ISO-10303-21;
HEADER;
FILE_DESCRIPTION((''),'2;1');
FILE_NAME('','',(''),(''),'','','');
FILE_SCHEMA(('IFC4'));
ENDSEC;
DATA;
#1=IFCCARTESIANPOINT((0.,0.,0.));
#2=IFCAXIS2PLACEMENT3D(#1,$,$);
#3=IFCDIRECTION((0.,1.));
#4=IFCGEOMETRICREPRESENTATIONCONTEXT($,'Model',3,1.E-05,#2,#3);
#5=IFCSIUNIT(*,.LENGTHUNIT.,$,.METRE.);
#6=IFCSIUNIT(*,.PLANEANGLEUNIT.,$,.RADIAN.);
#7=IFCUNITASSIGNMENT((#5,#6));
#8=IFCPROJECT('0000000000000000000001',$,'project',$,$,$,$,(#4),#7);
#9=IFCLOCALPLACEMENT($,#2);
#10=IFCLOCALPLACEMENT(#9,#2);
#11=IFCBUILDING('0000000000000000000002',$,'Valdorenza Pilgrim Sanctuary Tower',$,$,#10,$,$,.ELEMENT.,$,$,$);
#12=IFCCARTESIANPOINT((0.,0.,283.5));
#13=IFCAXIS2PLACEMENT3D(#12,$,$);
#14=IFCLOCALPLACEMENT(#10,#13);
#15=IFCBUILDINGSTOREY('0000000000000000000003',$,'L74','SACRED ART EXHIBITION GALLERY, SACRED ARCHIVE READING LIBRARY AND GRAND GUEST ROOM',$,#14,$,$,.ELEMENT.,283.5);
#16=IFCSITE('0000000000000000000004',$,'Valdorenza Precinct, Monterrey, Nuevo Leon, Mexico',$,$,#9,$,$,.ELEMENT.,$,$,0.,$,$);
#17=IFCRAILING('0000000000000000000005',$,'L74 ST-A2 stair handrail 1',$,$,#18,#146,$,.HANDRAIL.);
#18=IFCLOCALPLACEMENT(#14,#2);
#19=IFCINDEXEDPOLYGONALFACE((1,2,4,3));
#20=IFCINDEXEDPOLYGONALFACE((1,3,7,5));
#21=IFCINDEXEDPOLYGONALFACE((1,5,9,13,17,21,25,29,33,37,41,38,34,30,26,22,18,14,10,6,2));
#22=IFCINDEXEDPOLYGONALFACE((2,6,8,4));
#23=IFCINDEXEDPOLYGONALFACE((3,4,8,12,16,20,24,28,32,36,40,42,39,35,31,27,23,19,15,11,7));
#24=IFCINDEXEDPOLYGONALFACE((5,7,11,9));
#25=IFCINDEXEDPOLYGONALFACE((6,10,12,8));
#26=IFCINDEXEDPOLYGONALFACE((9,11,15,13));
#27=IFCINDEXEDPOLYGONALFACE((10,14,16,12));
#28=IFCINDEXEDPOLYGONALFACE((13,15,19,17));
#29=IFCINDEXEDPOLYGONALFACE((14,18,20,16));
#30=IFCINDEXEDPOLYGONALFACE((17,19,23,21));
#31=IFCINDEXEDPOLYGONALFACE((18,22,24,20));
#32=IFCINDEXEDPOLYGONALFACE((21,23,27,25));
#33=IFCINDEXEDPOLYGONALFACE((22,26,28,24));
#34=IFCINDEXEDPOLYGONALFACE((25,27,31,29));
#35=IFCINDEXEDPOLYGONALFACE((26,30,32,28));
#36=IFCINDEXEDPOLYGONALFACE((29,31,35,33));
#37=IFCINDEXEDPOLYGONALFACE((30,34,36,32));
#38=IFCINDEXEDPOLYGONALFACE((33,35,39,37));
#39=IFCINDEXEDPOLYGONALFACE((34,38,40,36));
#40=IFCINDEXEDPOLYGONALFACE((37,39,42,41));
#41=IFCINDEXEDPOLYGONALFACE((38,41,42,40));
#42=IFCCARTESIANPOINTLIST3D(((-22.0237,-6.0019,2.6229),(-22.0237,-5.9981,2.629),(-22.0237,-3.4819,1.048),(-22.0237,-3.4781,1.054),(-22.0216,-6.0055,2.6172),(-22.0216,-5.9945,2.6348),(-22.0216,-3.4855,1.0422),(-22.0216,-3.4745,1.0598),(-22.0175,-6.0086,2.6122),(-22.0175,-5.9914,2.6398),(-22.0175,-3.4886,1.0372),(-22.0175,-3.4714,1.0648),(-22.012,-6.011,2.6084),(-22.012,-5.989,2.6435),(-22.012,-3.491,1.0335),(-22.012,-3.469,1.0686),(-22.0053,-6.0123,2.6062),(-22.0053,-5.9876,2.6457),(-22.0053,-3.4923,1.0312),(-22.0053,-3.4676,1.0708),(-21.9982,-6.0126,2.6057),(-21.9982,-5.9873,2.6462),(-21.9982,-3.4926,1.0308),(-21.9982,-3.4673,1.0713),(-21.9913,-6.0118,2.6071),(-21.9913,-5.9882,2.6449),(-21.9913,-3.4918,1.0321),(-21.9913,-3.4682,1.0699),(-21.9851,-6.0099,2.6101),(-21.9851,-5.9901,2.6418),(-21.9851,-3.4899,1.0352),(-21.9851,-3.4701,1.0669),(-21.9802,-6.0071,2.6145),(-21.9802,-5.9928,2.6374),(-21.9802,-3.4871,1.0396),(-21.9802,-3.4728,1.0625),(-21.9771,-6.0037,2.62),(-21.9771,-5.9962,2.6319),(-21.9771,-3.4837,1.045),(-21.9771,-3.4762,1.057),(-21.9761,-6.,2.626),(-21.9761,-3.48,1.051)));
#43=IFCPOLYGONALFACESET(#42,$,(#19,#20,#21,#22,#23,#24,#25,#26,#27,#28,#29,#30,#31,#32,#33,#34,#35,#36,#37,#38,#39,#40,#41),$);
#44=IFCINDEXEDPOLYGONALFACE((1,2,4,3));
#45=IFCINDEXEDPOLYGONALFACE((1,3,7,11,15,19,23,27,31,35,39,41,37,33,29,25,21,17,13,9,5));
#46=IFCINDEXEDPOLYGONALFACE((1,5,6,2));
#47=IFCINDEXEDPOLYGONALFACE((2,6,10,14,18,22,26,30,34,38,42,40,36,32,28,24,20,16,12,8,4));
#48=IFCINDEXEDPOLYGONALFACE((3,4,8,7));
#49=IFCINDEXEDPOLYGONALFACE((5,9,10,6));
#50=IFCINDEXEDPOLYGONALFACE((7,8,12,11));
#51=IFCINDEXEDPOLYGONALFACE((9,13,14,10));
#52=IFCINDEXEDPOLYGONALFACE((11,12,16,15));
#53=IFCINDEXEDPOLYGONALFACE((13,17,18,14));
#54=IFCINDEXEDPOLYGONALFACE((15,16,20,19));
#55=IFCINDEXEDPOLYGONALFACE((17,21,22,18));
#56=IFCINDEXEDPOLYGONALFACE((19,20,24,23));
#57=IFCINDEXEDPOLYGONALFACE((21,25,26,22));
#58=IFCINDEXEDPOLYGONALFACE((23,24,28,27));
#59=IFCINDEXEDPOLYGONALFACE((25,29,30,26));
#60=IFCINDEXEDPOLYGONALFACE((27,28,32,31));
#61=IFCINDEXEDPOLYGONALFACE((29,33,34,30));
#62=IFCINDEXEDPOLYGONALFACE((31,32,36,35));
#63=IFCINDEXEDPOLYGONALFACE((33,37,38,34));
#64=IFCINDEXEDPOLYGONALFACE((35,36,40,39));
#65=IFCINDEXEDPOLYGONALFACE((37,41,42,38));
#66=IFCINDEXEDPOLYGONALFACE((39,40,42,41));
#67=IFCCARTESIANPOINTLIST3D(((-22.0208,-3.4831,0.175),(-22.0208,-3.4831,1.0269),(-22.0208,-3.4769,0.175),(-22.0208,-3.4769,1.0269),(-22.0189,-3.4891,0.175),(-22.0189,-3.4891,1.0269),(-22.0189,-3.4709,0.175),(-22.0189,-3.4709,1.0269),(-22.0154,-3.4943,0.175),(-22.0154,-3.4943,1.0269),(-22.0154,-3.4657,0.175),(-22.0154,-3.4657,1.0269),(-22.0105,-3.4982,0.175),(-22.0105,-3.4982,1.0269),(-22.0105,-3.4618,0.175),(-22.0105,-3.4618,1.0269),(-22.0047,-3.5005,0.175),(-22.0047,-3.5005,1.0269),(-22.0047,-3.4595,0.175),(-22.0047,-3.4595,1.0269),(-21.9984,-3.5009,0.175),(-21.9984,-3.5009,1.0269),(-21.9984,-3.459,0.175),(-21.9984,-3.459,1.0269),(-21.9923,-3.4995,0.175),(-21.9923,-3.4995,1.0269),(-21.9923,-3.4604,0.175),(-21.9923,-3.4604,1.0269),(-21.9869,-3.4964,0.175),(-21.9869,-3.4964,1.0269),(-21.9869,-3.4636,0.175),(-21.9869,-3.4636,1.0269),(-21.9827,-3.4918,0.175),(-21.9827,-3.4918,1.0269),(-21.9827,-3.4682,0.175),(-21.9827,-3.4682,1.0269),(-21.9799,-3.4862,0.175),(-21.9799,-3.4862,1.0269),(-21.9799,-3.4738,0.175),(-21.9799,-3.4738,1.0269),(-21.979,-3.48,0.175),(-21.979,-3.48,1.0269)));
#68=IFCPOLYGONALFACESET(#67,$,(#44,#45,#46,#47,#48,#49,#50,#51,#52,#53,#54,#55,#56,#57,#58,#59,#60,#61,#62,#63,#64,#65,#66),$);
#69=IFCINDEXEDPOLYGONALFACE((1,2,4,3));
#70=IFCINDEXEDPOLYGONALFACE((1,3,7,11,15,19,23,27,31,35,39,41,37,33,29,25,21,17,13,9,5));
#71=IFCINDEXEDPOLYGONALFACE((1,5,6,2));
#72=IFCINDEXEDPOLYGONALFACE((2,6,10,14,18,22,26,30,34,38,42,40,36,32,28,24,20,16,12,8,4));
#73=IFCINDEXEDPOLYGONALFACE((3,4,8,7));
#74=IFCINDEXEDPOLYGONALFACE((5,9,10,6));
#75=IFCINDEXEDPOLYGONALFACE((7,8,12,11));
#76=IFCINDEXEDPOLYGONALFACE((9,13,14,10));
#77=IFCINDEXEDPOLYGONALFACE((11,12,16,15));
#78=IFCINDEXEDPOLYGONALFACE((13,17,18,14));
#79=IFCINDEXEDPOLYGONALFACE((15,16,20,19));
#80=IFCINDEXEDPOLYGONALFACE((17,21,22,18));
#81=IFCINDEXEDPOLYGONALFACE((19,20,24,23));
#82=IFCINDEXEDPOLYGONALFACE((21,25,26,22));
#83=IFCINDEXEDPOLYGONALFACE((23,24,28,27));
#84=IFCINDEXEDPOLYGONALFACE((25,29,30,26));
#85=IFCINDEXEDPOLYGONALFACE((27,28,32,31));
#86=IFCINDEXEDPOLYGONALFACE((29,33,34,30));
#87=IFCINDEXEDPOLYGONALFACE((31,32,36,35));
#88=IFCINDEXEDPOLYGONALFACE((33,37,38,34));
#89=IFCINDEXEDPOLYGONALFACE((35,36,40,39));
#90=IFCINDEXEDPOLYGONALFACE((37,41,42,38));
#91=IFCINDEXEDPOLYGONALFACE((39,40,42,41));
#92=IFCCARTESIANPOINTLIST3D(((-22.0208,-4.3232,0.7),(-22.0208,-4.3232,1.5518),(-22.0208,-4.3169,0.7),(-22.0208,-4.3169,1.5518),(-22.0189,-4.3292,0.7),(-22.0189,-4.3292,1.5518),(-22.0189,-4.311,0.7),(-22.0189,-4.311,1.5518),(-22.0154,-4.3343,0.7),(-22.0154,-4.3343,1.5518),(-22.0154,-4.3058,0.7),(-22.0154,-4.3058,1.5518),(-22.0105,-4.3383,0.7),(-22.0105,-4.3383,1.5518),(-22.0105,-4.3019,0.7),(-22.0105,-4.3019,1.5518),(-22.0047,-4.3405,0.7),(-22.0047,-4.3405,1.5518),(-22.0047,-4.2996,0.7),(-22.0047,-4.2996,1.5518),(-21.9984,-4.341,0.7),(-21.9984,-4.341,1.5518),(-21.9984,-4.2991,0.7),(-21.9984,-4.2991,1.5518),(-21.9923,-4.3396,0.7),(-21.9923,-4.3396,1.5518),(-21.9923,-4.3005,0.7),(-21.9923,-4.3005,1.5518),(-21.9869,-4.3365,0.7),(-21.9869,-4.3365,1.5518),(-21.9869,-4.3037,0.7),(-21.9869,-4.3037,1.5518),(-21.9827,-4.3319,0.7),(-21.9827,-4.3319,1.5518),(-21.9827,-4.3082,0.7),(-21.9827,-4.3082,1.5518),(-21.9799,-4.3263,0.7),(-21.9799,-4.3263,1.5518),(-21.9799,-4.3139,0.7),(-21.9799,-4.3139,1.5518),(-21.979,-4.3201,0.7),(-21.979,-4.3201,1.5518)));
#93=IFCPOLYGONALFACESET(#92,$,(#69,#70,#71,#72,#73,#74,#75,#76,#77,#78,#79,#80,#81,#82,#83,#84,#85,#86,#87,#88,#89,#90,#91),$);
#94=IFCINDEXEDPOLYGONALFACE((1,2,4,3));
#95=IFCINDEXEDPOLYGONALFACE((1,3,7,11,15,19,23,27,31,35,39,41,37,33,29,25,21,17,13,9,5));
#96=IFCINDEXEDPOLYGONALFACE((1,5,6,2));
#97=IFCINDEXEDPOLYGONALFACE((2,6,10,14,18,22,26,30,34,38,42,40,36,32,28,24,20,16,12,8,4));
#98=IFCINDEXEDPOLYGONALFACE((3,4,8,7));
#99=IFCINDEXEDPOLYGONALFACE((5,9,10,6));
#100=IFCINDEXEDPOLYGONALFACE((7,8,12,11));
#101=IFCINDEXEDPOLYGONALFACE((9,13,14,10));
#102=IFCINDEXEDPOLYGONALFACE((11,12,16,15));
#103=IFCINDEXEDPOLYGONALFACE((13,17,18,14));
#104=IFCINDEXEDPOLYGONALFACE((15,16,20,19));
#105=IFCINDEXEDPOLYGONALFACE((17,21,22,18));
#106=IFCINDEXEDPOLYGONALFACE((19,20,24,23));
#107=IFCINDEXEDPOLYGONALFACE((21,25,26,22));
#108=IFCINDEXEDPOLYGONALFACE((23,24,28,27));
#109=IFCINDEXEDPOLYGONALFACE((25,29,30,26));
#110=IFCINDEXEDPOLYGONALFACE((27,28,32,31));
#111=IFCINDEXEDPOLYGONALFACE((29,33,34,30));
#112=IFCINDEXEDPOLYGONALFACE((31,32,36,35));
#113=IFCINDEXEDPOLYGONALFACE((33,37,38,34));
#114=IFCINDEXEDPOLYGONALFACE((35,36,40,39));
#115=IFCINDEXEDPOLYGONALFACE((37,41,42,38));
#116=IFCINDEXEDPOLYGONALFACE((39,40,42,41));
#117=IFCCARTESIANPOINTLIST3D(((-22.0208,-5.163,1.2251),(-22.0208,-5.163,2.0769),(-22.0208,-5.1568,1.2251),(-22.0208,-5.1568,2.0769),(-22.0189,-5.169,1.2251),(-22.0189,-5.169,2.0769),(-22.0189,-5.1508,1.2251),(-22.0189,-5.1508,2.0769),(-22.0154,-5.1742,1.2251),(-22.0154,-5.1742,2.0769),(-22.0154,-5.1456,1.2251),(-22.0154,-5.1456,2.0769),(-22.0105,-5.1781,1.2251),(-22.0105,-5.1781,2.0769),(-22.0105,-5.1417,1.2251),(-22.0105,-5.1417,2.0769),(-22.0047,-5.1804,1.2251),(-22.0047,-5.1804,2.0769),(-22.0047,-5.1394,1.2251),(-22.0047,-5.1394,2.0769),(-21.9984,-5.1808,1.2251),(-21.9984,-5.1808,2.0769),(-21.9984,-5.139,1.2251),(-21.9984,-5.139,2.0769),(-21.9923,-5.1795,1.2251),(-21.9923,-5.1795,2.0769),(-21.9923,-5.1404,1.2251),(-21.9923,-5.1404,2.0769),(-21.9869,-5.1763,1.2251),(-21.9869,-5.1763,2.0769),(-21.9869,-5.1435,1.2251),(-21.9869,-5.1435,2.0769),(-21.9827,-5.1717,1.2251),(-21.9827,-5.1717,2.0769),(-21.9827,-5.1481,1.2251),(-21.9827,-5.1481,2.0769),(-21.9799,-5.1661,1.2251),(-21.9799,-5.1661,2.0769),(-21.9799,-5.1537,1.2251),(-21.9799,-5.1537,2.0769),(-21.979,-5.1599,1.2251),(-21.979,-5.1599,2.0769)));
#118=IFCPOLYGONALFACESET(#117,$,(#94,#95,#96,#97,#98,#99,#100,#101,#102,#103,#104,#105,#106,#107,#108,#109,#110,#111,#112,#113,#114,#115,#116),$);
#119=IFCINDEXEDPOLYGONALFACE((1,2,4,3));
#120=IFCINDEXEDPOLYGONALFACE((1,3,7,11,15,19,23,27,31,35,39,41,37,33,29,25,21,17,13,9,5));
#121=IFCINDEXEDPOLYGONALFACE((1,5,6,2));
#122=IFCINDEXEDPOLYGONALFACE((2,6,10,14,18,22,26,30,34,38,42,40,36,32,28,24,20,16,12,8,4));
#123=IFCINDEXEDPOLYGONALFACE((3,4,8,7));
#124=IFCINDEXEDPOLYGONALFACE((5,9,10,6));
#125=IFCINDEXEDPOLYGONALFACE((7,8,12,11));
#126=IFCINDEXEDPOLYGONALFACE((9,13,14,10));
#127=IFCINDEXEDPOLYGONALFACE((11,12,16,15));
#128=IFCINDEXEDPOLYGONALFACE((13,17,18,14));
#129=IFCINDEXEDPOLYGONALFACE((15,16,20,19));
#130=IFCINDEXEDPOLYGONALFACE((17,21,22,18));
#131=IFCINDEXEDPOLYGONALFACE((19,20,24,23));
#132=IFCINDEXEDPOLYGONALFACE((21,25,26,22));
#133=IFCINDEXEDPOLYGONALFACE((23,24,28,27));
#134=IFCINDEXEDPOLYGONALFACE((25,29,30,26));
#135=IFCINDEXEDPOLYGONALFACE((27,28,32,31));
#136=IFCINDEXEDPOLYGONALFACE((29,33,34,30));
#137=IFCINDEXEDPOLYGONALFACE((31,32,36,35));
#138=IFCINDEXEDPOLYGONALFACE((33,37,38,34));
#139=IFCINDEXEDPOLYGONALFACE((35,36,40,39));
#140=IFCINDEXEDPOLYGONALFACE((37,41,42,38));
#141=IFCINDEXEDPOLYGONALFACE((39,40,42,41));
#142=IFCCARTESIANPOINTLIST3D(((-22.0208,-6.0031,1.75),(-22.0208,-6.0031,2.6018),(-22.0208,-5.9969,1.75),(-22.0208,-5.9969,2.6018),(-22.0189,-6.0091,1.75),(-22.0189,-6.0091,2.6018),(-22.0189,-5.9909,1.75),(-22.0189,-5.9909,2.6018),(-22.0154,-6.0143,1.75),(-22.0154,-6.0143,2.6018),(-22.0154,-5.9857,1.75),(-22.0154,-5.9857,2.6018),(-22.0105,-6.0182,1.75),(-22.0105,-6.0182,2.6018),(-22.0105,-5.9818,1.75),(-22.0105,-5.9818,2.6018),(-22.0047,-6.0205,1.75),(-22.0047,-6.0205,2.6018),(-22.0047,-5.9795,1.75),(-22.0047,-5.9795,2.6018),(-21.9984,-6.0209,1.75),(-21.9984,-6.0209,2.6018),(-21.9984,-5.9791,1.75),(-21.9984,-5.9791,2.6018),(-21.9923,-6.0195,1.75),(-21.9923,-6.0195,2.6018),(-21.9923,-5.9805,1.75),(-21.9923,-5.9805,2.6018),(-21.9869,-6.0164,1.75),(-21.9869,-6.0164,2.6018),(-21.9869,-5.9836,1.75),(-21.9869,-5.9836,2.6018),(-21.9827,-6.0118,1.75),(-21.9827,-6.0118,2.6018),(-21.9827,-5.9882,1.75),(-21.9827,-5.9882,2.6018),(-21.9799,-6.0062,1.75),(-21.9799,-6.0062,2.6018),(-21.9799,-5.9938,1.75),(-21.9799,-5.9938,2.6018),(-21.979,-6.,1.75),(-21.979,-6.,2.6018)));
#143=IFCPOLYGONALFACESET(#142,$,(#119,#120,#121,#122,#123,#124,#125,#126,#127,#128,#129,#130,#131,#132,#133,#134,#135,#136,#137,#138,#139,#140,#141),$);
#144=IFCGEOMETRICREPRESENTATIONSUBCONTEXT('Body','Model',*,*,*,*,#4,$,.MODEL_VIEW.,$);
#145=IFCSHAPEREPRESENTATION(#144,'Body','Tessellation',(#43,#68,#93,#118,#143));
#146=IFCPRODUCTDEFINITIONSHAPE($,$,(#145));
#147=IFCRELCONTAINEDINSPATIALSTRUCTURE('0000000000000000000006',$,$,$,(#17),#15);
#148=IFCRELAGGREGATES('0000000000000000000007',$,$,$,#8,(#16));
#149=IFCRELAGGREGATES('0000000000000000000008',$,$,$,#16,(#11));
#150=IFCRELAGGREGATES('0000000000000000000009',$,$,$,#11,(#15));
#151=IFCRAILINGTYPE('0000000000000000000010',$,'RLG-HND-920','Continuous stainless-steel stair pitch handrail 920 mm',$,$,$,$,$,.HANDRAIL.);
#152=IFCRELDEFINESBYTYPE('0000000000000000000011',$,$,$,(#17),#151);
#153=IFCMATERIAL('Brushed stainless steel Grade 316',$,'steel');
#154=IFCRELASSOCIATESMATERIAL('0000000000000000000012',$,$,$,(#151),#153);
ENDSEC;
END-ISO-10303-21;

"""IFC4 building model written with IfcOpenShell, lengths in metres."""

from ifc_helpers import new_model, si_unit, direction, frame, origin, origin_2d, place, context, subcontext, project, spatial, circle, extrude, material, type_object, element, save


model = new_model("IFC4")

# Units and contexts
model_context = context("Model", 3, precision=1e-05, world=origin(), true_north=direction((0.0, 1.0)))
body_context = subcontext(model_context, "Body", "Model", "MODEL_VIEW")
ifc_project = project(units=[si_unit("LENGTHUNIT", "METRE"), si_unit("PLANEANGLEUNIT", "RADIAN")], contexts=[model_context])

# Site, building, storey
site_placement = place(None, origin())
site = spatial("IfcSite", under=ifc_project, at=site_placement, Name="Valdorenza Precinct, Monterrey, Nuevo Leon, Mexico", CompositionType="ELEMENT", RefElevation=0.0)
building_placement = place(site_placement, origin())
building = spatial("IfcBuilding", under=site, at=building_placement, Name="Valdorenza Pilgrim Sanctuary Tower", CompositionType="ELEMENT")
storey_placement = place(building_placement, frame((0.0, 0.0, 283.5)))
storey = spatial("IfcBuildingStorey", under=building, at=storey_placement, Name="L74", Description="SACRED ART EXHIBITION GALLERY, SACRED ARCHIVE READING LIBRARY AND GRAND GUEST ROOM", CompositionType="ELEMENT", Elevation=283.5)

# Shared definitions
ifc_material_1 = material(Name="Brushed stainless steel Grade 316", Category="steel")

# Railing
railing_type_1 = type_object("IfcRailingType", Name="RLG-HND-920", Description="Continuous stainless-steel stair pitch handrail 920 mm", PredefinedType="HANDRAIL", material=ifc_material_1)
railing_1_placement = place(storey_placement, frame((-22.0, -3.48, 0.175)))
element("IfcRailing", 1, at=railing_1_placement, inside=storey, type_object=railing_type_1, Name="L74 ST-A2 stair handrail 1", PredefinedType="HANDRAIL", context=body_context, shape_type="SweptSolid", body=[
    extrude(circle(Radius=0.0239, at=origin_2d()), frame((0.0, 0.0, 0.876), z_axis=(0.0, -0.848008, 0.529984), x_axis=(1.0, 0.0, 0.0)), (0.0, 0.0, 1.0), 2.9717),
    extrude(circle(Radius=0.021, at=origin_2d()), origin(), (0.0, 0.0, 1.0), 0.8518),
    extrude(circle(Radius=0.021, at=origin_2d()), frame((0.0, -0.8401, 0.5249)), (0.0, 0.0, 1.0), 0.8518),
    extrude(circle(Radius=0.021, at=origin_2d()), frame((0.0, -1.6799, 1.05)), (0.0, 0.0, 1.0), 0.8518),
    extrude(circle(Radius=0.021, at=origin_2d()), frame((0.0, -2.52, 1.575)), (0.0, 0.0, 1.0), 0.8518),
])

save(model, "model.ifc")
